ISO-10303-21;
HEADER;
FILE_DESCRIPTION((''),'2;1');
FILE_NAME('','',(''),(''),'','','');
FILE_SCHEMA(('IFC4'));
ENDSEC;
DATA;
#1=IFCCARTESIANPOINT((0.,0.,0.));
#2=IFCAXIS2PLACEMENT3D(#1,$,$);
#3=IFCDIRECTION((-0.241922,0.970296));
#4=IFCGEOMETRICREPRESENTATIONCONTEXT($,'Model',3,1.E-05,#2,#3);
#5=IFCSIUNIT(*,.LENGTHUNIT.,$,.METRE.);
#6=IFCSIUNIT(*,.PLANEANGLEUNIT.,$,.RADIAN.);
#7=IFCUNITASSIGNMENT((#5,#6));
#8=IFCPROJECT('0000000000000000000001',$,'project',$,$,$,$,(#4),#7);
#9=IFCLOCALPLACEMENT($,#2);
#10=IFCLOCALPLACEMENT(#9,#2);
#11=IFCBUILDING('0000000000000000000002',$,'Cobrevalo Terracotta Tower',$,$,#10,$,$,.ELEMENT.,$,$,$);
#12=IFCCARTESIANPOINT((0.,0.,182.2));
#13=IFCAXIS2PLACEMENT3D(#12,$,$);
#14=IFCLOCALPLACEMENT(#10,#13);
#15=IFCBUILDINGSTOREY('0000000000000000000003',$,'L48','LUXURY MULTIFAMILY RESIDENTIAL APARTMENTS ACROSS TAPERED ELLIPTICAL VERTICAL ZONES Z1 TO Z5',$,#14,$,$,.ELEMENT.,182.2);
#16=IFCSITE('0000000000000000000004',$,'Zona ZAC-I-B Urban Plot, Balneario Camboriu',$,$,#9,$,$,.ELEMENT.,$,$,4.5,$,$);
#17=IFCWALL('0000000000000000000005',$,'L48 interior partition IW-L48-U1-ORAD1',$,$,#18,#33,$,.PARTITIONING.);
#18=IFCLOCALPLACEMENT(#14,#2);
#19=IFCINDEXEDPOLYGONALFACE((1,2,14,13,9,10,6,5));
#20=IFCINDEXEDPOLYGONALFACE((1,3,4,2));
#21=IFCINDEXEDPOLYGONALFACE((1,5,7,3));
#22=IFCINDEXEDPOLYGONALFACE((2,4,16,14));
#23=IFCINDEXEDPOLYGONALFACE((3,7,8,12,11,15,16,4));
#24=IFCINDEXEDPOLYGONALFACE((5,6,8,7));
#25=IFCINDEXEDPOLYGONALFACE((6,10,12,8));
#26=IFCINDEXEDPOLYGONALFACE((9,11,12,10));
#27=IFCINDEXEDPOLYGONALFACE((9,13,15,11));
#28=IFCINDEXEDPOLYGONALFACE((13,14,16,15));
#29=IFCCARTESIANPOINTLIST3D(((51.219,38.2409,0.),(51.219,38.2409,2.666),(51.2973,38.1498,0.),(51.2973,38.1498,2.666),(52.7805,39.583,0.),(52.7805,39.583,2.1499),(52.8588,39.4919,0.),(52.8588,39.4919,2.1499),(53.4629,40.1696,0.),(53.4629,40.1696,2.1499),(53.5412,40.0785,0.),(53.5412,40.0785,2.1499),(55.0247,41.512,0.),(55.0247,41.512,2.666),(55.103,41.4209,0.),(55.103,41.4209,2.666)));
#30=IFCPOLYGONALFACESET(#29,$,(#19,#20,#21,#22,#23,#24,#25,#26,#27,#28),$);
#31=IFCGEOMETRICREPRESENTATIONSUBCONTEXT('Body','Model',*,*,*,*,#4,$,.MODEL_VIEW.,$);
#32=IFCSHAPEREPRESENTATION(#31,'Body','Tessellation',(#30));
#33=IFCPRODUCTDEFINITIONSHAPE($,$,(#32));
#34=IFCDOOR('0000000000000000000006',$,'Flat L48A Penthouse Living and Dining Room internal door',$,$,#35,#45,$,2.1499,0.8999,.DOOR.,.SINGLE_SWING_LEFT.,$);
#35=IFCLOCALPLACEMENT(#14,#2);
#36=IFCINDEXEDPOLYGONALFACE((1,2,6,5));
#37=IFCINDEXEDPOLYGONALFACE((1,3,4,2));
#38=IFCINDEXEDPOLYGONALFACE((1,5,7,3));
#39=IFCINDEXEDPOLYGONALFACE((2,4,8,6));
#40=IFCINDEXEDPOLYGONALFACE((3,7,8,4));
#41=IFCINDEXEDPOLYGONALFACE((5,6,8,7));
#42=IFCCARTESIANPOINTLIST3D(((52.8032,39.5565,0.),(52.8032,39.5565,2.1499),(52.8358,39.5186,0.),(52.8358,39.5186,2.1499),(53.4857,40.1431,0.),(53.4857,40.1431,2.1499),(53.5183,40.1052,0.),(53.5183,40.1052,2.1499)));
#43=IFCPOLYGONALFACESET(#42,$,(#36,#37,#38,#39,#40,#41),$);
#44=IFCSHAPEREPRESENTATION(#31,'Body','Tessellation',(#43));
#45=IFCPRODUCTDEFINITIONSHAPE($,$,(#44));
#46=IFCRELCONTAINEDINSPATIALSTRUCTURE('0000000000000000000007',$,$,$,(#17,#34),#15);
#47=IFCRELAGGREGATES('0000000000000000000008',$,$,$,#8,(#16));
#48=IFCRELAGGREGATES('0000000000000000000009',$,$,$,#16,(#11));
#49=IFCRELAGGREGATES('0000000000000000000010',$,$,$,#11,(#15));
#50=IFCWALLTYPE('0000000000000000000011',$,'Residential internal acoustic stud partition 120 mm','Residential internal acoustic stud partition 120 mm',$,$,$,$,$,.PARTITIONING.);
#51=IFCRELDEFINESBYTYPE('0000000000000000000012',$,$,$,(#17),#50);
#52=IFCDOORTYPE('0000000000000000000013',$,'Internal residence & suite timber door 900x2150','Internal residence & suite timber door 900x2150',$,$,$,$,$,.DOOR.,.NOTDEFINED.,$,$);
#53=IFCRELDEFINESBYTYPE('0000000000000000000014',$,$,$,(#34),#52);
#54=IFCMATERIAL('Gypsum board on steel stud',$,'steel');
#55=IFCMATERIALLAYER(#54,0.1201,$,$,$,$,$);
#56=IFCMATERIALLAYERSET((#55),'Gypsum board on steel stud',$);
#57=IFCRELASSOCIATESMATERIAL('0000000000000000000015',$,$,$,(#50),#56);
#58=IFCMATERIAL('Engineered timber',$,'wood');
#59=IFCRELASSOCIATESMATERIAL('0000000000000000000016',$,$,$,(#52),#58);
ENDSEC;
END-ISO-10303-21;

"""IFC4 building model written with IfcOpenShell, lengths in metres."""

from ifc_helpers import new_model, si_unit, direction, frame, frame_2d, origin, place, context, subcontext, project, spatial, rectangle, extrude, source, transform, mapped, material, layer, layer_set, type_object, element, fill, save


model = new_model("IFC4")

# Units and contexts
model_context = context("Model", 3, precision=1e-05, world=origin(), true_north=direction((-0.241922, 0.970296)))
body_context = subcontext(model_context, "Body", "Model", "MODEL_VIEW")
ifc_project = project(units=[si_unit("LENGTHUNIT", "METRE"), si_unit("PLANEANGLEUNIT", "RADIAN")], contexts=[model_context])

# Site, building, storey
site_placement = place(None, origin())
site = spatial("IfcSite", under=ifc_project, at=site_placement, Name="Zona ZAC-I-B Urban Plot, Balneario Camboriu", CompositionType="ELEMENT", RefElevation=4.5)
building_placement = place(site_placement, origin())
building = spatial("IfcBuilding", under=site, at=building_placement, Name="Cobrevalo Terracotta Tower", CompositionType="ELEMENT")
storey_placement = place(building_placement, frame((0.0, 0.0, 182.2)))
storey = spatial("IfcBuildingStorey", under=building, at=storey_placement, Name="L48", Description="LUXURY MULTIFAMILY RESIDENTIAL APARTMENTS ACROSS TAPERED ELLIPTICAL VERTICAL ZONES Z1 TO Z5", CompositionType="ELEMENT", Elevation=182.2)

# Shared definitions
ifc_material_1 = material(Name="Gypsum board on steel stud", Category="steel")
ifc_layer_1 = layer(ifc_material_1, 0.1201)
ifc_layer_set_1 = layer_set([ifc_layer_1], Name="Gypsum board on steel stud")
wall_type_1 = type_object("IfcWallType", Name="Residential internal acoustic stud partition 120 mm", Description="Residential internal acoustic stud partition 120 mm", PredefinedType="PARTITIONING", material=ifc_layer_set_1)
ifc_material_2 = material(Name="Engineered timber", Category="wood")
door_type_1 = type_object("IfcDoorType", Name="Internal residence & suite timber door 900x2150", Description="Internal residence & suite timber door 900x2150", OperationType="NOTDEFINED", PredefinedType="DOOR", material=ifc_material_2)
shared_shape_1 = source(origin(), body_context, "Body", "SweptSolid", [
    extrude(rectangle(XDim=0.8999, YDim=2.1499, at=frame_2d((0.45, 1.075))), frame((0.0, 0.0249, 0.0), z_axis=(0.0, -1.0, 0.0), x_axis=(1.0, 0.0, 0.0)), (0.0, 0.0, 1.0), 0.05),
])

# Wall, opening, door
wall_1_placement = place(storey_placement, frame((51.2581, 38.1953, 0.0), z_axis=(0.0, 0.0, 1.0), x_axis=(0.75837, 0.651824, 0.0)))
wall_1 = element("IfcWall", 1, at=wall_1_placement, inside=storey, type_object=wall_type_1, Name="L48 interior partition IW-L48-U1-ORAD1", PredefinedType="PARTITIONING", context=body_context, shape_type="SweptSolid", body=[
    extrude(rectangle(XDim=5.0183, YDim=0.1201, at=frame_2d((2.5093, 0.0))), origin(), (0.0, 0.0, 1.0), 2.666),
])
opening_1_placement = place(wall_1_placement, frame((2.0591, 0.0, 0.0)))
opening_1 = element("IfcOpeningElement", 2, at=opening_1_placement, cuts=wall_1, PredefinedType="OPENING", context=body_context, shape_type="SweptSolid", body=[
    extrude(rectangle(XDim=0.8999, YDim=2.1499, at=frame_2d((0.45, 1.075))), frame((0.0, 0.0701, 0.0), z_axis=(0.0, -1.0, 0.0), x_axis=(1.0, 0.0, 0.0)), (0.0, 0.0, 1.0), 0.1401),
])
door_1_placement = place(opening_1_placement, frame((0.8999, 0.0, 0.0), z_axis=(0.0, 0.0, 1.0), x_axis=(-1.0, 0.0, 0.0)))
door_1 = element("IfcDoor", 3, at=door_1_placement, inside=storey, type_object=door_type_1, Name="Flat L48A Penthouse Living and Dining Room internal door", OperationType="SINGLE_SWING_LEFT", OverallHeight=2.1499, OverallWidth=0.8999, PredefinedType="DOOR", context=body_context, shape_type="MappedRepresentation", body=[
    mapped(shared_shape_1, transform((0.0, 0.0, 0.0), scale=1.0)),
])
fill(opening_1, door_1)

save(model, "model.ifc")
